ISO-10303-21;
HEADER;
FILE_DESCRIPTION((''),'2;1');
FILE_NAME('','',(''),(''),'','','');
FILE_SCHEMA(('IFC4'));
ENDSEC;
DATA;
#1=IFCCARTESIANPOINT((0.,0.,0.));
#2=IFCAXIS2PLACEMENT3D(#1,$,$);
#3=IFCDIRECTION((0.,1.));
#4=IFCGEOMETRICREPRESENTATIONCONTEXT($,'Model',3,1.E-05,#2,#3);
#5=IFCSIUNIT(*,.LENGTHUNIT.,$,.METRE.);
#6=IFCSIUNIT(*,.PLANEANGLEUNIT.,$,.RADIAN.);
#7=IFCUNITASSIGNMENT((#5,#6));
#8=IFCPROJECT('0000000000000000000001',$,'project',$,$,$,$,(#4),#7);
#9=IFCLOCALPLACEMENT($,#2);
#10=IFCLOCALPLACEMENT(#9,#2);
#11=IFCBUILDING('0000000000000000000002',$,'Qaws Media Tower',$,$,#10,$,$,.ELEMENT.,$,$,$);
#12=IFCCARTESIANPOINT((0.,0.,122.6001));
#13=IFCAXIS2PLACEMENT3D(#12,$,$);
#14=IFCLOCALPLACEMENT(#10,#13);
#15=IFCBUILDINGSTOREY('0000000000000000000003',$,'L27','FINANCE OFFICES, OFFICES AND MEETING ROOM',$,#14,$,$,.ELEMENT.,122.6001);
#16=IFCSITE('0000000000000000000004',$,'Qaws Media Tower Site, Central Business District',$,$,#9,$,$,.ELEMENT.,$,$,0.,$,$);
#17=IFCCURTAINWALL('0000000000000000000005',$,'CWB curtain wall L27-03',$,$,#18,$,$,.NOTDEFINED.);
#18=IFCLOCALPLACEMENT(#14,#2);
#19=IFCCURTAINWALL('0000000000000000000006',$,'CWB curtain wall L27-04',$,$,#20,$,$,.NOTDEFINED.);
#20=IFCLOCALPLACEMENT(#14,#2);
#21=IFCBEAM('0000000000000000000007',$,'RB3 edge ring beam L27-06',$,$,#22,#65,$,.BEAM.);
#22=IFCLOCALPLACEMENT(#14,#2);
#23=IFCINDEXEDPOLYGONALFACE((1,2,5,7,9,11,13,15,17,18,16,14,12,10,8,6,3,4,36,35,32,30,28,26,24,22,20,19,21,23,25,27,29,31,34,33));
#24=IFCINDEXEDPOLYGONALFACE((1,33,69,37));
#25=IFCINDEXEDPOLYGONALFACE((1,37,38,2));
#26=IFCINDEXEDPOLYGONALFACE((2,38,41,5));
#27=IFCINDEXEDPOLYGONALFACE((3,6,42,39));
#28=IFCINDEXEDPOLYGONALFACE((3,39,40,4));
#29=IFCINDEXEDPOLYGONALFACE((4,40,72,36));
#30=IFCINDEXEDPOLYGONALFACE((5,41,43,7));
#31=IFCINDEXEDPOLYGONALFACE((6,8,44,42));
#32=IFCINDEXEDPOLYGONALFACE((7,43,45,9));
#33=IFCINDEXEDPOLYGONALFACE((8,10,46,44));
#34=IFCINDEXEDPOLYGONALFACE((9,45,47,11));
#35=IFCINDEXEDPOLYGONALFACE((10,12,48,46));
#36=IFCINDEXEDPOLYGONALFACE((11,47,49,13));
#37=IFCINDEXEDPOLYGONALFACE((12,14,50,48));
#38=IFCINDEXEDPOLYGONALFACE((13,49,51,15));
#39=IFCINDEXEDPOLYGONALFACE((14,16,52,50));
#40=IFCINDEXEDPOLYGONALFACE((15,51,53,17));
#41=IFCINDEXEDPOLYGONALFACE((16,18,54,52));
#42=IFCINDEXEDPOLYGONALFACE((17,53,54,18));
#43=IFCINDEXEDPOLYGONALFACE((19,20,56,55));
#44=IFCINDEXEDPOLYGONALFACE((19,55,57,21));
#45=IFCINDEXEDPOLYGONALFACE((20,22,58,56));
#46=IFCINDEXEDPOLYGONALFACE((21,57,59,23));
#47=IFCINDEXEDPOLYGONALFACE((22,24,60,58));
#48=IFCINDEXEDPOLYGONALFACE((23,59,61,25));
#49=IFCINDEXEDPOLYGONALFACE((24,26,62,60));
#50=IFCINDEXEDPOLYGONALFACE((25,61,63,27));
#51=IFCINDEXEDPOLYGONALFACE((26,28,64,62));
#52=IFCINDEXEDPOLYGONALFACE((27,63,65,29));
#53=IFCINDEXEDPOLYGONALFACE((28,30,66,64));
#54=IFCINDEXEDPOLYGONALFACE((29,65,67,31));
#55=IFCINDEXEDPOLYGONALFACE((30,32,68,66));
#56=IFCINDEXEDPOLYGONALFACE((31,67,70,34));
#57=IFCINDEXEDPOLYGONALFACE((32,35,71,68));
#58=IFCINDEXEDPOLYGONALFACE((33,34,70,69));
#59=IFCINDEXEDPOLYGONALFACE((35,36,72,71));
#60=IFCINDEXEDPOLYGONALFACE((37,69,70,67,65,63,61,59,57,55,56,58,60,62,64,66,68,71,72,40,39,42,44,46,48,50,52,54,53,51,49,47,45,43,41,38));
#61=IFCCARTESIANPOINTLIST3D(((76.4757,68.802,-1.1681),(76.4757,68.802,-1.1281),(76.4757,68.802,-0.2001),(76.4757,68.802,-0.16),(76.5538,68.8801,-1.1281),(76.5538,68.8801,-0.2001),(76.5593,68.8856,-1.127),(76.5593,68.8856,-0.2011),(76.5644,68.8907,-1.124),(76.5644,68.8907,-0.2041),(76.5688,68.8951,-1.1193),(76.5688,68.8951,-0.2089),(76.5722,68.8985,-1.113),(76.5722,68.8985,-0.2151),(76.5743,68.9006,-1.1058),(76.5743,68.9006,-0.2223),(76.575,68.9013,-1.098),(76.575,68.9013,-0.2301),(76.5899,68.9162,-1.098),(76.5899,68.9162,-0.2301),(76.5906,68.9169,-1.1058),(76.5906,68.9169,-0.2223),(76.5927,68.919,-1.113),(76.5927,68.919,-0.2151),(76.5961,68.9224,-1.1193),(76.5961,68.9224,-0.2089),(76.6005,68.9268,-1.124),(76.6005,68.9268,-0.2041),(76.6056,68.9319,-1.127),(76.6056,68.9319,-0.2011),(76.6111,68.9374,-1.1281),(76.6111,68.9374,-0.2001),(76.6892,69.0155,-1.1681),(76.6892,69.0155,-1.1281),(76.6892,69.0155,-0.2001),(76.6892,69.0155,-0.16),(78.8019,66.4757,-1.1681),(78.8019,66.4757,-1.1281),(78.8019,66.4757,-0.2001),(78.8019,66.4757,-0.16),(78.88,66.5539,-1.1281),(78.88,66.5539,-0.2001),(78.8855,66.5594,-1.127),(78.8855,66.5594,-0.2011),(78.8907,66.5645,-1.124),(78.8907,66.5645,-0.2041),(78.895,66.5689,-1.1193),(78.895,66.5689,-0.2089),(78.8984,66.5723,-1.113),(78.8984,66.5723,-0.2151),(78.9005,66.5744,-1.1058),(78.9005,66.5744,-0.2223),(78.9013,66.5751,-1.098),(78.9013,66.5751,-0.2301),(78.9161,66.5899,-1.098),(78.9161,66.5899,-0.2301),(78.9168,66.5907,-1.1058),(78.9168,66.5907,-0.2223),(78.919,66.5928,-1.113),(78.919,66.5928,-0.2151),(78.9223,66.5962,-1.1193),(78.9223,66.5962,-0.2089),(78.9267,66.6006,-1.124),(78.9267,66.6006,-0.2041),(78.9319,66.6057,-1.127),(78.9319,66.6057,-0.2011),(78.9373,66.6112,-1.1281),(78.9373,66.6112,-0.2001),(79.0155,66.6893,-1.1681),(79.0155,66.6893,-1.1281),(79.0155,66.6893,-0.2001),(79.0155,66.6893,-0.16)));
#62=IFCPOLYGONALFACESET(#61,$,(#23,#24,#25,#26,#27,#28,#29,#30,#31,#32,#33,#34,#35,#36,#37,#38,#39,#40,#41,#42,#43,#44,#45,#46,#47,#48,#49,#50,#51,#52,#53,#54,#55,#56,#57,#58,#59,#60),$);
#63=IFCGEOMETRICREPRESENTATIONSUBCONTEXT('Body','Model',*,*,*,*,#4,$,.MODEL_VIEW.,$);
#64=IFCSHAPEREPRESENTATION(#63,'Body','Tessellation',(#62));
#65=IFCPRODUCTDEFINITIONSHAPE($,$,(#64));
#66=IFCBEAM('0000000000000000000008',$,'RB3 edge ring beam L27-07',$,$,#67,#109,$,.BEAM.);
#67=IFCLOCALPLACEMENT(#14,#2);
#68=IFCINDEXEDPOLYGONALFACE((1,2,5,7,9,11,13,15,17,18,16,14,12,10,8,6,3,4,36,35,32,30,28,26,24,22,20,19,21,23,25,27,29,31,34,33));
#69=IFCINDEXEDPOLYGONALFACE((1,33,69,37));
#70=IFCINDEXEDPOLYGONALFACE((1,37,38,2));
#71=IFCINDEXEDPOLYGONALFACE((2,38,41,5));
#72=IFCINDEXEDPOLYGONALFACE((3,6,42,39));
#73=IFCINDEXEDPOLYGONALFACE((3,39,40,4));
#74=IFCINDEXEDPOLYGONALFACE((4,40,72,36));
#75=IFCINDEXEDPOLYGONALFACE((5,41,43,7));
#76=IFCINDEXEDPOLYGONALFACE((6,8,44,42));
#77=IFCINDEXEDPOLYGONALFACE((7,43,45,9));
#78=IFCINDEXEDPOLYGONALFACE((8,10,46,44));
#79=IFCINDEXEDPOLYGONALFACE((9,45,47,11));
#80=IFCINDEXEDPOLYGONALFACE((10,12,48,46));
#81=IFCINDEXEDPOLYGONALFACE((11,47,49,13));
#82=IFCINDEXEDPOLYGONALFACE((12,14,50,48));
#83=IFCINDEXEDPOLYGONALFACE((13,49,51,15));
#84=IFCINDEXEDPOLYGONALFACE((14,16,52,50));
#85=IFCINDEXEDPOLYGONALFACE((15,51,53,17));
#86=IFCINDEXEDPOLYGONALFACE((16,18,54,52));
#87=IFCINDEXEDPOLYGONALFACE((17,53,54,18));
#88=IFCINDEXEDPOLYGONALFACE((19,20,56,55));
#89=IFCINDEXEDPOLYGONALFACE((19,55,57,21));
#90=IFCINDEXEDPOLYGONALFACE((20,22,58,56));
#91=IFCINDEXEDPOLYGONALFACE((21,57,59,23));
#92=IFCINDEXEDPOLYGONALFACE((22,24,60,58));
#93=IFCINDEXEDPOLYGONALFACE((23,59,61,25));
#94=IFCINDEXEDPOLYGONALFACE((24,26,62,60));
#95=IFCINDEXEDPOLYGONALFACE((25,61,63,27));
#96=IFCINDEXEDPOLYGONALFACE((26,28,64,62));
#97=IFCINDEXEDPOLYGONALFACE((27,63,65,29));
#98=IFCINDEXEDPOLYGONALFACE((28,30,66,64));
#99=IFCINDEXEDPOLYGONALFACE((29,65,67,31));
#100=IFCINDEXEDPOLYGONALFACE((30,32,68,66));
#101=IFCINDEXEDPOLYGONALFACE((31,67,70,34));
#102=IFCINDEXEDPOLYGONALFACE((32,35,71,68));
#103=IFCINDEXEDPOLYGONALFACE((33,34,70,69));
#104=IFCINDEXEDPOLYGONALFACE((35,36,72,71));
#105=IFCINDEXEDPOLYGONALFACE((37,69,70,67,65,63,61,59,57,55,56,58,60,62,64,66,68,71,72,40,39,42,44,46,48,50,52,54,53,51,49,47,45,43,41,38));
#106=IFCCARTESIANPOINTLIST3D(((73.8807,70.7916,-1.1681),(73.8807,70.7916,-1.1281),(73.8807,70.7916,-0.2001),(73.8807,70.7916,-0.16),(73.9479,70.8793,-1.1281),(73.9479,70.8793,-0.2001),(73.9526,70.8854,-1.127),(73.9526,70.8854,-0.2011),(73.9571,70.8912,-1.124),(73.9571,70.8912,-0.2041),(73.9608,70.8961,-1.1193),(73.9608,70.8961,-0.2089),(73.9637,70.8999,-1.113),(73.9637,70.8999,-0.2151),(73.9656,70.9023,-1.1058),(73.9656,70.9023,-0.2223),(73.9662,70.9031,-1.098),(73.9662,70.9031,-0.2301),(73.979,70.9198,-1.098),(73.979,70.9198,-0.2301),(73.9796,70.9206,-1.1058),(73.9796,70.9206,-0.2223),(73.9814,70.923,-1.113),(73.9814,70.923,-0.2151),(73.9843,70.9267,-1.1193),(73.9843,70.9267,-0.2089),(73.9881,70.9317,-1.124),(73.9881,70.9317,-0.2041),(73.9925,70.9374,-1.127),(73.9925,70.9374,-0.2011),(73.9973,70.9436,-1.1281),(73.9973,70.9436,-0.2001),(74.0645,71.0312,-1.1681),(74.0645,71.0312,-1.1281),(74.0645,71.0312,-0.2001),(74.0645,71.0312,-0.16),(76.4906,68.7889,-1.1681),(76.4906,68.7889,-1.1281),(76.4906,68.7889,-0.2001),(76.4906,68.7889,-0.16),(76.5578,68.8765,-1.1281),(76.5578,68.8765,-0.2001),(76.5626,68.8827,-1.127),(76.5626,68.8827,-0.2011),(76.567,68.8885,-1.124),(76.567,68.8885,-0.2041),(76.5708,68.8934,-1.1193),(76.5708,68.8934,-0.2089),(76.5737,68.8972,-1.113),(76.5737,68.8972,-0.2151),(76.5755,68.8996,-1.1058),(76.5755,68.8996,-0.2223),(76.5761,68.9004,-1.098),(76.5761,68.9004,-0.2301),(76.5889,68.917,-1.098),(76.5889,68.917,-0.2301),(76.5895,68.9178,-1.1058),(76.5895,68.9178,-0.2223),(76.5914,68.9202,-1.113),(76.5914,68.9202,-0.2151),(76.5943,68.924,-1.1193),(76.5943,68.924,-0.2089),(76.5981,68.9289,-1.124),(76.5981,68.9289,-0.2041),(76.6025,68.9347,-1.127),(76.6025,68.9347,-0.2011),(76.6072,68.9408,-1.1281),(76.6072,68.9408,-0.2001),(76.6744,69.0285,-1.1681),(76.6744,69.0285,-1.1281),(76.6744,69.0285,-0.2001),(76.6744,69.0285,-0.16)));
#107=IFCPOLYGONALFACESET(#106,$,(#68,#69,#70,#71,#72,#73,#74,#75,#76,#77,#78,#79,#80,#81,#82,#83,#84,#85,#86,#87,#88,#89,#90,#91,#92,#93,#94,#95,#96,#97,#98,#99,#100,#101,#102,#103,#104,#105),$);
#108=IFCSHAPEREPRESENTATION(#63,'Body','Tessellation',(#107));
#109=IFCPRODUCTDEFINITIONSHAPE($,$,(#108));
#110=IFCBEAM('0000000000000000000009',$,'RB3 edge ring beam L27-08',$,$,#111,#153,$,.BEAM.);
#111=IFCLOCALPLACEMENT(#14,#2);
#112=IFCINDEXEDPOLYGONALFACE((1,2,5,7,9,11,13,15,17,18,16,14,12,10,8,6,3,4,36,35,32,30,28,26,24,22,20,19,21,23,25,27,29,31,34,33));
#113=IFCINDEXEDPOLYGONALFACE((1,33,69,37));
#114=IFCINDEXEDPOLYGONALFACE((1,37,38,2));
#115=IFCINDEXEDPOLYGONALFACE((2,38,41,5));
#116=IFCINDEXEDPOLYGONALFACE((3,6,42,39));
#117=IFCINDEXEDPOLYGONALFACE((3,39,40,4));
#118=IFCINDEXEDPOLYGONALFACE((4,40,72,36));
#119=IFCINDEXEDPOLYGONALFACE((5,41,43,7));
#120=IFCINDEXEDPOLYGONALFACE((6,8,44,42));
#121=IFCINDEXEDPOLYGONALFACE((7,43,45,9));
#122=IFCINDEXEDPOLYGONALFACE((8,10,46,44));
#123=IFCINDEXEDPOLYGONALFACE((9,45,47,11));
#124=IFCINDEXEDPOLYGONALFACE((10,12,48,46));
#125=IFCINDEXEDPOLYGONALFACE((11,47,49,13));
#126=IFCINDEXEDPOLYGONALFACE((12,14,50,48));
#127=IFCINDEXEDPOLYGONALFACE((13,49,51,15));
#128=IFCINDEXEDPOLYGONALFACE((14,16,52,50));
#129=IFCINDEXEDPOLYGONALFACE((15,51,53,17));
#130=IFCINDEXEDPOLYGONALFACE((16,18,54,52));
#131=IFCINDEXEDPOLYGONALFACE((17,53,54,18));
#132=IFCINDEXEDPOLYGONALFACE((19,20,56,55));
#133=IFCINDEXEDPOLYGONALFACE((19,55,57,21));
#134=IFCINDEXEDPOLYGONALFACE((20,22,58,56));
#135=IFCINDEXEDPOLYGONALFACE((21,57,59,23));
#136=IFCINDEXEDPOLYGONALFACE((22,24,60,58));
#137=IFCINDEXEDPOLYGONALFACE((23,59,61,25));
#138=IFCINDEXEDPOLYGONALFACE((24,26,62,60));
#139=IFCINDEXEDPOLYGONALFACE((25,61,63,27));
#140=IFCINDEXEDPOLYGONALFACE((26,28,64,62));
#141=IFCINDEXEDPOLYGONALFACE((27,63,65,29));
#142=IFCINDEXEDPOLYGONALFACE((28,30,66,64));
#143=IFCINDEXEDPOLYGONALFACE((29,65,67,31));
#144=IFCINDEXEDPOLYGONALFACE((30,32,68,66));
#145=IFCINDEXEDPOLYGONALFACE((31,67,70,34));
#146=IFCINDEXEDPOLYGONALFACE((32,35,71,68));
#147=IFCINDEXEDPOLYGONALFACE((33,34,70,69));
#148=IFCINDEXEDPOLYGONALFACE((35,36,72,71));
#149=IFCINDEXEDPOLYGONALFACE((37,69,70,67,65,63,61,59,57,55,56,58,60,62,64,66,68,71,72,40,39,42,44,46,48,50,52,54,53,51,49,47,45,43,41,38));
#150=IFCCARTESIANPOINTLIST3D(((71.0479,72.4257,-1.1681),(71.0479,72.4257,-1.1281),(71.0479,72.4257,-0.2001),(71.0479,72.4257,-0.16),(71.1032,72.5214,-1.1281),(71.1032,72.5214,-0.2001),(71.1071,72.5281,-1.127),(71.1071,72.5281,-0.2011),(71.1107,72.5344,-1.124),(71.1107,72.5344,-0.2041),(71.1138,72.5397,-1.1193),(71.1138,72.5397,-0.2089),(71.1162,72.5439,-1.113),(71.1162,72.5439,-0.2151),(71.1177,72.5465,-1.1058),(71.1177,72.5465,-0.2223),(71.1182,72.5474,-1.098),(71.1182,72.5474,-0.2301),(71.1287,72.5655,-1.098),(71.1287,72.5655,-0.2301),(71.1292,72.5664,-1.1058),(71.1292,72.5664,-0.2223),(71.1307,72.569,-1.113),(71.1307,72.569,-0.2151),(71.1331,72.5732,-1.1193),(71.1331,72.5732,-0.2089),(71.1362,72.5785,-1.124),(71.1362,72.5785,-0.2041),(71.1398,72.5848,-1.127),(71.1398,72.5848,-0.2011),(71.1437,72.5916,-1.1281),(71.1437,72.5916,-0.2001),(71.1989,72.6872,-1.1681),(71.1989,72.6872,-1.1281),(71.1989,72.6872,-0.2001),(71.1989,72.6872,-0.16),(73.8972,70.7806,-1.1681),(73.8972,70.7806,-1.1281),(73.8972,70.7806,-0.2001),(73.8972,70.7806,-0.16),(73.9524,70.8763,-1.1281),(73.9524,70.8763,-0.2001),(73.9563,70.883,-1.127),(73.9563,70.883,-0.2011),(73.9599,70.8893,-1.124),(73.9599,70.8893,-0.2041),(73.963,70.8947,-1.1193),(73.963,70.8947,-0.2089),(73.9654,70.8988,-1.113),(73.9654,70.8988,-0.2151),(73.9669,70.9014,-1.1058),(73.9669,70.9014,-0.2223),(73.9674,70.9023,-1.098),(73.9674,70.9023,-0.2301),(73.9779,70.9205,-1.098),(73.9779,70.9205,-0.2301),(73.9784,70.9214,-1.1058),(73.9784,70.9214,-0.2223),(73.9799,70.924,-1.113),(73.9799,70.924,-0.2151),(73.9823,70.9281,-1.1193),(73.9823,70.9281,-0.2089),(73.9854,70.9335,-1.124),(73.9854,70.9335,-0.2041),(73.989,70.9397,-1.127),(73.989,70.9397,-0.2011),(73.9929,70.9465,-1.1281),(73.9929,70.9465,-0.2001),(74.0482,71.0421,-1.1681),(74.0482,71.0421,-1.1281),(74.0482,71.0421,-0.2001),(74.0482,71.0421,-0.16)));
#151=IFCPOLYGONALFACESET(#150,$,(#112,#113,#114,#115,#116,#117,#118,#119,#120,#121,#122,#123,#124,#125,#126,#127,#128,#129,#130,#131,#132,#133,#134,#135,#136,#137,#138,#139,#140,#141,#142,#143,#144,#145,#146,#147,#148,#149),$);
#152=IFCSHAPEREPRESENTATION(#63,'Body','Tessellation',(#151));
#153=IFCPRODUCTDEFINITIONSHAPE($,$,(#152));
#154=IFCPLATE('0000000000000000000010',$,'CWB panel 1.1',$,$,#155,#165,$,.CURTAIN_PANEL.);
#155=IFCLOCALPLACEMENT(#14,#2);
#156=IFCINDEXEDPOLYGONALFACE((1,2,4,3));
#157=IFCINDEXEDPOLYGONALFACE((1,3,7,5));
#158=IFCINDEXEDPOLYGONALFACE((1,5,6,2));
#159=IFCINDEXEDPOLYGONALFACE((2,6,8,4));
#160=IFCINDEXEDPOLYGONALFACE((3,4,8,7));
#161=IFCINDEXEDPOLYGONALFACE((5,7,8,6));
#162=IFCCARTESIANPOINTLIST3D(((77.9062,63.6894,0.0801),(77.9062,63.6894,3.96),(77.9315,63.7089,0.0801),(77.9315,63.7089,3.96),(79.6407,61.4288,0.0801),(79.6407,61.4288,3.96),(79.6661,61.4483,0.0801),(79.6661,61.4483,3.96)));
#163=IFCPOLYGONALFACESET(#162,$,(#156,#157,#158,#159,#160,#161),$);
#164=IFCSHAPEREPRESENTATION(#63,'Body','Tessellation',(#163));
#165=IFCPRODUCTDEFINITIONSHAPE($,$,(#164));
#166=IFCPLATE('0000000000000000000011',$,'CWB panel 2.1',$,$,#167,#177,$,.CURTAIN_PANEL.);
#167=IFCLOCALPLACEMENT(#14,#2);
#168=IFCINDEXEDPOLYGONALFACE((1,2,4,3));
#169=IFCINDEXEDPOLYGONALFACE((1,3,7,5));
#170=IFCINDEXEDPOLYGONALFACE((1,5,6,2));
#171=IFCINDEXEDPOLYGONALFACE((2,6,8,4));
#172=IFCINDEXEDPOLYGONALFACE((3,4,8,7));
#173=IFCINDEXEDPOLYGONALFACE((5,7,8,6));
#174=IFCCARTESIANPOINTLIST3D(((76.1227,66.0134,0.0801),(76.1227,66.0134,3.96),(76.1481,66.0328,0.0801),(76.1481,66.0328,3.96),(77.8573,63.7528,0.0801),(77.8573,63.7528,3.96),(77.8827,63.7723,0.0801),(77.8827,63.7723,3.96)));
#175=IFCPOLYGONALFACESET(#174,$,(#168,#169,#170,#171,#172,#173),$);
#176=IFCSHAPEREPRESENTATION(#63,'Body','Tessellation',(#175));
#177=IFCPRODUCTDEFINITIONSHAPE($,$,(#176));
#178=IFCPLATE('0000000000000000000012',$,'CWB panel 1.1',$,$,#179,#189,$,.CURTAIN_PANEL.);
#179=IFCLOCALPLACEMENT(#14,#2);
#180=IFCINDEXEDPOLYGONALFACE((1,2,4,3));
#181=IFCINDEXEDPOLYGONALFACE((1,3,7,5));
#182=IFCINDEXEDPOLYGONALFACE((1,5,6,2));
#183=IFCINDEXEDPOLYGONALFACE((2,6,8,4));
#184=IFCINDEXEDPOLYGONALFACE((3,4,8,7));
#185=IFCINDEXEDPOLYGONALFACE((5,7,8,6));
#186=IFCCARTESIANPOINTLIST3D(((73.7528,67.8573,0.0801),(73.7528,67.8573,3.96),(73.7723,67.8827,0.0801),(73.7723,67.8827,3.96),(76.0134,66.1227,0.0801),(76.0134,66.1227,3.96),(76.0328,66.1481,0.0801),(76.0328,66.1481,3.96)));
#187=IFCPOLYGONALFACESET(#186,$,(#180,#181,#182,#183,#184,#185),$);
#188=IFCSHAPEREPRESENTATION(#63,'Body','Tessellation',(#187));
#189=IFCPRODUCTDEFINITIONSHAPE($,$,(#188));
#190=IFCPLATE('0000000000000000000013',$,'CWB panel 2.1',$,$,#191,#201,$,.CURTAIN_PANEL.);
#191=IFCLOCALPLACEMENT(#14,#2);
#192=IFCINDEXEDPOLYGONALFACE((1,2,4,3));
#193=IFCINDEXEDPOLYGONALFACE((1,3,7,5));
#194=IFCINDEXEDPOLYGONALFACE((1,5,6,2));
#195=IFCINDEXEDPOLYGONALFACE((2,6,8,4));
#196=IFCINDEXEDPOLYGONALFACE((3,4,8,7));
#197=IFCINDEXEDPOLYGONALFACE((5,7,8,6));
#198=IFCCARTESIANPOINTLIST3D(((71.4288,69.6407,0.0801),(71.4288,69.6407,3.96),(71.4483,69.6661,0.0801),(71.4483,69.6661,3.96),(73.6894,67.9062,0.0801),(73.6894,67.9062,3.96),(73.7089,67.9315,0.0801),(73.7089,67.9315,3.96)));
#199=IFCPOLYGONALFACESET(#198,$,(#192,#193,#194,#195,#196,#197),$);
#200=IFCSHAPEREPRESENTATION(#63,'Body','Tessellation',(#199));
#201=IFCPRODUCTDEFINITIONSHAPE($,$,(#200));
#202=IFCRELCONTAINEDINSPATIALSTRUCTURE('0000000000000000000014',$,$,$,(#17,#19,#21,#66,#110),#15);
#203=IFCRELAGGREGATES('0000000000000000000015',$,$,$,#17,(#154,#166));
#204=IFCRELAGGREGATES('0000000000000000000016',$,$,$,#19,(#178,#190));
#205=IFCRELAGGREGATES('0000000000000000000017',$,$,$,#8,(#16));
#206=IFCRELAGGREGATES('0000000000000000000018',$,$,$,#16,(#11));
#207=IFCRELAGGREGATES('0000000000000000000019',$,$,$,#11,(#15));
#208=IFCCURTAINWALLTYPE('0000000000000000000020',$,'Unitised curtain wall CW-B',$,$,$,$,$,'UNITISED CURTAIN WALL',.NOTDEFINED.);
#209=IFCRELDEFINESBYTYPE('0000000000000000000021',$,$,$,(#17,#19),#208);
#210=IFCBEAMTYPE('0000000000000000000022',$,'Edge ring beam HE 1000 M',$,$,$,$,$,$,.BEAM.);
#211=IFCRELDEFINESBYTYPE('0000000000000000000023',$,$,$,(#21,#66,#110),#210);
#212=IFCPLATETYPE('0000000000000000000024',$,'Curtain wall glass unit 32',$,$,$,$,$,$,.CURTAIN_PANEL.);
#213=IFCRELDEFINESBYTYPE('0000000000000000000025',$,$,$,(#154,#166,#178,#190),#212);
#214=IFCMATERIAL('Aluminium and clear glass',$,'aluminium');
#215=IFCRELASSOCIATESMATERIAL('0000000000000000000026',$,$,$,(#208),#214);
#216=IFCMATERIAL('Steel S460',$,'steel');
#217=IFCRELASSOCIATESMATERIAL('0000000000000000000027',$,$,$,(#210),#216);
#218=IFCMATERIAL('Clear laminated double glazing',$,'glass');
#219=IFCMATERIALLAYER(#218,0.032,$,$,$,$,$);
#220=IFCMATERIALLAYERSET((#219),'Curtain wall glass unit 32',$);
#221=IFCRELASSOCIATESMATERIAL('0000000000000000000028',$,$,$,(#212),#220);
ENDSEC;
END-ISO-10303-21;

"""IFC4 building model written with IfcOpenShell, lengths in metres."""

from ifc_helpers import new_model, si_unit, direction, frame, origin, origin_2d, place, context, subcontext, project, spatial, rectangle, i_section, extrude, material, layer, layer_set, material_profile, profile_set, type_object, element, aggregate, save


model = new_model("IFC4")

# Units and contexts
model_context = context("Model", 3, precision=1e-05, world=origin(), true_north=direction((0.0, 1.0)))
body_context = subcontext(model_context, "Body", "Model", "MODEL_VIEW")
ifc_project = project(units=[si_unit("LENGTHUNIT", "METRE"), si_unit("PLANEANGLEUNIT", "RADIAN")], contexts=[model_context])

# Site, building, storey
site_placement = place(None, origin())
site = spatial("IfcSite", under=ifc_project, at=site_placement, Name="Qaws Media Tower Site, Central Business District", CompositionType="ELEMENT", RefElevation=0.0)
building_placement = place(site_placement, origin())
building = spatial("IfcBuilding", under=site, at=building_placement, Name="Qaws Media Tower", CompositionType="ELEMENT")
storey_placement = place(building_placement, frame((0.0, 0.0, 122.6001)))
storey = spatial("IfcBuildingStorey", under=building, at=storey_placement, Name="L27", Description="FINANCE OFFICES, OFFICES AND MEETING ROOM", CompositionType="ELEMENT", Elevation=122.6001)

# Shared definitions
ifc_material_1 = material(Name="Aluminium and clear glass", Category="aluminium")
curtain_wall_type = type_object("IfcCurtainWallType", Name="Unitised curtain wall CW-B", ElementType="UNITISED CURTAIN WALL", PredefinedType="NOTDEFINED", material=ifc_material_1)

# Curtain walls
curtain_wall_1_placement = place(storey_placement, origin())
curtain_wall_1 = element("IfcCurtainWall", 1, at=curtain_wall_1_placement, inside=storey, type_object=curtain_wall_type, Name="CWB curtain wall L27-03", PredefinedType="NOTDEFINED")
curtain_wall_2_placement = place(storey_placement, origin())
curtain_wall_2 = element("IfcCurtainWall", 2, at=curtain_wall_2_placement, inside=storey, type_object=curtain_wall_type, Name="CWB curtain wall L27-04", PredefinedType="NOTDEFINED")

# Beams
ifc_material_2 = material(Name="Steel S460", Category="steel")
ifc_material_profile_1 = material_profile(ifc_material_2, i_section(OverallWidth=0.302, OverallDepth=1.0081, WebThickness=0.021, FlangeThickness=0.04, FilletRadius=0.03, at=origin_2d()), Name="HE 1000 M")
ifc_profile_set_1 = profile_set([ifc_material_profile_1], Name="Steel S460")
beam_type = type_object("IfcBeamType", Name="Edge ring beam HE 1000 M", PredefinedType="BEAM", material=ifc_profile_set_1)
for number, where, z_axis, x_axis, name in (
    (3, (78.9087, 66.5825, -0.6641), (-0.707107, 0.707107, 0.0), (-0.707107, -0.707107, 0.0), "RB3 edge ring beam L27-06"),
    (4, (76.5825, 68.9087, -0.6641), (-0.793344, 0.608774, 0.0), (-0.608774, -0.793344, 0.0), "RB3 edge ring beam L27-07"),
):
    element("IfcBeam", number, at=place(storey_placement, frame(where, z_axis=z_axis, x_axis=x_axis)), inside=storey, type_object=beam_type, Name=name, PredefinedType="BEAM", context=body_context, shape_type="SweptSolid", body=[
        extrude(i_section(OverallWidth=0.302, OverallDepth=1.0081, WebThickness=0.021, FlangeThickness=0.04, FilletRadius=0.03, at=origin_2d()), origin(), (0.0, 0.0, 1.0), 3.2898),
    ])
beam_1_placement = place(storey_placement, frame((73.9727, 70.9114, -0.6641), z_axis=(-0.866015, 0.500018, 0.0), x_axis=(-0.500018, -0.866015, 0.0)))
element("IfcBeam", 5, at=beam_1_placement, inside=storey, type_object=beam_type, Name="RB3 edge ring beam L27-08", PredefinedType="BEAM", context=body_context, shape_type="SweptSolid", body=[
    extrude(i_section(OverallWidth=0.302, OverallDepth=1.0081, WebThickness=0.021, FlangeThickness=0.04, FilletRadius=0.03, at=origin_2d()), origin(), (0.0, 0.0, 1.0), 3.29),
])

# Plates
ifc_material_3 = material(Name="Clear laminated double glazing", Category="glass")
ifc_layer_1 = layer(ifc_material_3, 0.032)
ifc_layer_set_1 = layer_set([ifc_layer_1], Name="Curtain wall glass unit 32")
plate_type_1 = type_object("IfcPlateType", Name="Curtain wall glass unit 32", PredefinedType="CURTAIN_PANEL", material=ifc_layer_set_1)
plate_1_placement = place(storey_placement, frame((78.7861, 62.5688, 0.0801), z_axis=(0.0, 0.0, 1.0), x_axis=(-0.608761, 0.793353, 0.0)))
plate_1 = element("IfcPlate", 6, at=plate_1_placement, type_object=plate_type_1, Name="CWB panel 1.1", PredefinedType="CURTAIN_PANEL", context=body_context, shape_type="SweptSolid", body=[
    extrude(rectangle(XDim=2.8494, YDim=0.032, at=origin_2d()), origin(), (0.0, 0.0, 1.0), 3.8799),
])
plate_2_placement = place(storey_placement, frame((77.0027, 64.8928, 0.0801), z_axis=(0.0, 0.0, 1.0), x_axis=(-0.608761, 0.793353, 0.0)))
plate_2 = element("IfcPlate", 7, at=plate_2_placement, type_object=plate_type_1, Name="CWB panel 2.1", PredefinedType="CURTAIN_PANEL", context=body_context, shape_type="SweptSolid", body=[
    extrude(rectangle(XDim=2.8494, YDim=0.032, at=origin_2d()), origin(), (0.0, 0.0, 1.0), 3.8799),
])
aggregate(curtain_wall_1, [plate_1, plate_2])
plate_3_placement = place(storey_placement, frame((74.8928, 67.0027, 0.0801), z_axis=(0.0, 0.0, 1.0), x_axis=(-0.793353, 0.608761, 0.0)))
plate_3 = element("IfcPlate", 8, at=plate_3_placement, type_object=plate_type_1, Name="CWB panel 1.1", PredefinedType="CURTAIN_PANEL", context=body_context, shape_type="SweptSolid", body=[
    extrude(rectangle(XDim=2.8494, YDim=0.032, at=origin_2d()), origin(), (0.0, 0.0, 1.0), 3.8799),
])
plate_4_placement = place(storey_placement, frame((72.5688, 68.7861, 0.0801), z_axis=(0.0, 0.0, 1.0), x_axis=(-0.793353, 0.608761, 0.0)))
plate_4 = element("IfcPlate", 9, at=plate_4_placement, type_object=plate_type_1, Name="CWB panel 2.1", PredefinedType="CURTAIN_PANEL", context=body_context, shape_type="SweptSolid", body=[
    extrude(rectangle(XDim=2.8494, YDim=0.032, at=origin_2d()), origin(), (0.0, 0.0, 1.0), 3.8799),
])
aggregate(curtain_wall_2, [plate_3, plate_4])

save(model, "model.ifc")
